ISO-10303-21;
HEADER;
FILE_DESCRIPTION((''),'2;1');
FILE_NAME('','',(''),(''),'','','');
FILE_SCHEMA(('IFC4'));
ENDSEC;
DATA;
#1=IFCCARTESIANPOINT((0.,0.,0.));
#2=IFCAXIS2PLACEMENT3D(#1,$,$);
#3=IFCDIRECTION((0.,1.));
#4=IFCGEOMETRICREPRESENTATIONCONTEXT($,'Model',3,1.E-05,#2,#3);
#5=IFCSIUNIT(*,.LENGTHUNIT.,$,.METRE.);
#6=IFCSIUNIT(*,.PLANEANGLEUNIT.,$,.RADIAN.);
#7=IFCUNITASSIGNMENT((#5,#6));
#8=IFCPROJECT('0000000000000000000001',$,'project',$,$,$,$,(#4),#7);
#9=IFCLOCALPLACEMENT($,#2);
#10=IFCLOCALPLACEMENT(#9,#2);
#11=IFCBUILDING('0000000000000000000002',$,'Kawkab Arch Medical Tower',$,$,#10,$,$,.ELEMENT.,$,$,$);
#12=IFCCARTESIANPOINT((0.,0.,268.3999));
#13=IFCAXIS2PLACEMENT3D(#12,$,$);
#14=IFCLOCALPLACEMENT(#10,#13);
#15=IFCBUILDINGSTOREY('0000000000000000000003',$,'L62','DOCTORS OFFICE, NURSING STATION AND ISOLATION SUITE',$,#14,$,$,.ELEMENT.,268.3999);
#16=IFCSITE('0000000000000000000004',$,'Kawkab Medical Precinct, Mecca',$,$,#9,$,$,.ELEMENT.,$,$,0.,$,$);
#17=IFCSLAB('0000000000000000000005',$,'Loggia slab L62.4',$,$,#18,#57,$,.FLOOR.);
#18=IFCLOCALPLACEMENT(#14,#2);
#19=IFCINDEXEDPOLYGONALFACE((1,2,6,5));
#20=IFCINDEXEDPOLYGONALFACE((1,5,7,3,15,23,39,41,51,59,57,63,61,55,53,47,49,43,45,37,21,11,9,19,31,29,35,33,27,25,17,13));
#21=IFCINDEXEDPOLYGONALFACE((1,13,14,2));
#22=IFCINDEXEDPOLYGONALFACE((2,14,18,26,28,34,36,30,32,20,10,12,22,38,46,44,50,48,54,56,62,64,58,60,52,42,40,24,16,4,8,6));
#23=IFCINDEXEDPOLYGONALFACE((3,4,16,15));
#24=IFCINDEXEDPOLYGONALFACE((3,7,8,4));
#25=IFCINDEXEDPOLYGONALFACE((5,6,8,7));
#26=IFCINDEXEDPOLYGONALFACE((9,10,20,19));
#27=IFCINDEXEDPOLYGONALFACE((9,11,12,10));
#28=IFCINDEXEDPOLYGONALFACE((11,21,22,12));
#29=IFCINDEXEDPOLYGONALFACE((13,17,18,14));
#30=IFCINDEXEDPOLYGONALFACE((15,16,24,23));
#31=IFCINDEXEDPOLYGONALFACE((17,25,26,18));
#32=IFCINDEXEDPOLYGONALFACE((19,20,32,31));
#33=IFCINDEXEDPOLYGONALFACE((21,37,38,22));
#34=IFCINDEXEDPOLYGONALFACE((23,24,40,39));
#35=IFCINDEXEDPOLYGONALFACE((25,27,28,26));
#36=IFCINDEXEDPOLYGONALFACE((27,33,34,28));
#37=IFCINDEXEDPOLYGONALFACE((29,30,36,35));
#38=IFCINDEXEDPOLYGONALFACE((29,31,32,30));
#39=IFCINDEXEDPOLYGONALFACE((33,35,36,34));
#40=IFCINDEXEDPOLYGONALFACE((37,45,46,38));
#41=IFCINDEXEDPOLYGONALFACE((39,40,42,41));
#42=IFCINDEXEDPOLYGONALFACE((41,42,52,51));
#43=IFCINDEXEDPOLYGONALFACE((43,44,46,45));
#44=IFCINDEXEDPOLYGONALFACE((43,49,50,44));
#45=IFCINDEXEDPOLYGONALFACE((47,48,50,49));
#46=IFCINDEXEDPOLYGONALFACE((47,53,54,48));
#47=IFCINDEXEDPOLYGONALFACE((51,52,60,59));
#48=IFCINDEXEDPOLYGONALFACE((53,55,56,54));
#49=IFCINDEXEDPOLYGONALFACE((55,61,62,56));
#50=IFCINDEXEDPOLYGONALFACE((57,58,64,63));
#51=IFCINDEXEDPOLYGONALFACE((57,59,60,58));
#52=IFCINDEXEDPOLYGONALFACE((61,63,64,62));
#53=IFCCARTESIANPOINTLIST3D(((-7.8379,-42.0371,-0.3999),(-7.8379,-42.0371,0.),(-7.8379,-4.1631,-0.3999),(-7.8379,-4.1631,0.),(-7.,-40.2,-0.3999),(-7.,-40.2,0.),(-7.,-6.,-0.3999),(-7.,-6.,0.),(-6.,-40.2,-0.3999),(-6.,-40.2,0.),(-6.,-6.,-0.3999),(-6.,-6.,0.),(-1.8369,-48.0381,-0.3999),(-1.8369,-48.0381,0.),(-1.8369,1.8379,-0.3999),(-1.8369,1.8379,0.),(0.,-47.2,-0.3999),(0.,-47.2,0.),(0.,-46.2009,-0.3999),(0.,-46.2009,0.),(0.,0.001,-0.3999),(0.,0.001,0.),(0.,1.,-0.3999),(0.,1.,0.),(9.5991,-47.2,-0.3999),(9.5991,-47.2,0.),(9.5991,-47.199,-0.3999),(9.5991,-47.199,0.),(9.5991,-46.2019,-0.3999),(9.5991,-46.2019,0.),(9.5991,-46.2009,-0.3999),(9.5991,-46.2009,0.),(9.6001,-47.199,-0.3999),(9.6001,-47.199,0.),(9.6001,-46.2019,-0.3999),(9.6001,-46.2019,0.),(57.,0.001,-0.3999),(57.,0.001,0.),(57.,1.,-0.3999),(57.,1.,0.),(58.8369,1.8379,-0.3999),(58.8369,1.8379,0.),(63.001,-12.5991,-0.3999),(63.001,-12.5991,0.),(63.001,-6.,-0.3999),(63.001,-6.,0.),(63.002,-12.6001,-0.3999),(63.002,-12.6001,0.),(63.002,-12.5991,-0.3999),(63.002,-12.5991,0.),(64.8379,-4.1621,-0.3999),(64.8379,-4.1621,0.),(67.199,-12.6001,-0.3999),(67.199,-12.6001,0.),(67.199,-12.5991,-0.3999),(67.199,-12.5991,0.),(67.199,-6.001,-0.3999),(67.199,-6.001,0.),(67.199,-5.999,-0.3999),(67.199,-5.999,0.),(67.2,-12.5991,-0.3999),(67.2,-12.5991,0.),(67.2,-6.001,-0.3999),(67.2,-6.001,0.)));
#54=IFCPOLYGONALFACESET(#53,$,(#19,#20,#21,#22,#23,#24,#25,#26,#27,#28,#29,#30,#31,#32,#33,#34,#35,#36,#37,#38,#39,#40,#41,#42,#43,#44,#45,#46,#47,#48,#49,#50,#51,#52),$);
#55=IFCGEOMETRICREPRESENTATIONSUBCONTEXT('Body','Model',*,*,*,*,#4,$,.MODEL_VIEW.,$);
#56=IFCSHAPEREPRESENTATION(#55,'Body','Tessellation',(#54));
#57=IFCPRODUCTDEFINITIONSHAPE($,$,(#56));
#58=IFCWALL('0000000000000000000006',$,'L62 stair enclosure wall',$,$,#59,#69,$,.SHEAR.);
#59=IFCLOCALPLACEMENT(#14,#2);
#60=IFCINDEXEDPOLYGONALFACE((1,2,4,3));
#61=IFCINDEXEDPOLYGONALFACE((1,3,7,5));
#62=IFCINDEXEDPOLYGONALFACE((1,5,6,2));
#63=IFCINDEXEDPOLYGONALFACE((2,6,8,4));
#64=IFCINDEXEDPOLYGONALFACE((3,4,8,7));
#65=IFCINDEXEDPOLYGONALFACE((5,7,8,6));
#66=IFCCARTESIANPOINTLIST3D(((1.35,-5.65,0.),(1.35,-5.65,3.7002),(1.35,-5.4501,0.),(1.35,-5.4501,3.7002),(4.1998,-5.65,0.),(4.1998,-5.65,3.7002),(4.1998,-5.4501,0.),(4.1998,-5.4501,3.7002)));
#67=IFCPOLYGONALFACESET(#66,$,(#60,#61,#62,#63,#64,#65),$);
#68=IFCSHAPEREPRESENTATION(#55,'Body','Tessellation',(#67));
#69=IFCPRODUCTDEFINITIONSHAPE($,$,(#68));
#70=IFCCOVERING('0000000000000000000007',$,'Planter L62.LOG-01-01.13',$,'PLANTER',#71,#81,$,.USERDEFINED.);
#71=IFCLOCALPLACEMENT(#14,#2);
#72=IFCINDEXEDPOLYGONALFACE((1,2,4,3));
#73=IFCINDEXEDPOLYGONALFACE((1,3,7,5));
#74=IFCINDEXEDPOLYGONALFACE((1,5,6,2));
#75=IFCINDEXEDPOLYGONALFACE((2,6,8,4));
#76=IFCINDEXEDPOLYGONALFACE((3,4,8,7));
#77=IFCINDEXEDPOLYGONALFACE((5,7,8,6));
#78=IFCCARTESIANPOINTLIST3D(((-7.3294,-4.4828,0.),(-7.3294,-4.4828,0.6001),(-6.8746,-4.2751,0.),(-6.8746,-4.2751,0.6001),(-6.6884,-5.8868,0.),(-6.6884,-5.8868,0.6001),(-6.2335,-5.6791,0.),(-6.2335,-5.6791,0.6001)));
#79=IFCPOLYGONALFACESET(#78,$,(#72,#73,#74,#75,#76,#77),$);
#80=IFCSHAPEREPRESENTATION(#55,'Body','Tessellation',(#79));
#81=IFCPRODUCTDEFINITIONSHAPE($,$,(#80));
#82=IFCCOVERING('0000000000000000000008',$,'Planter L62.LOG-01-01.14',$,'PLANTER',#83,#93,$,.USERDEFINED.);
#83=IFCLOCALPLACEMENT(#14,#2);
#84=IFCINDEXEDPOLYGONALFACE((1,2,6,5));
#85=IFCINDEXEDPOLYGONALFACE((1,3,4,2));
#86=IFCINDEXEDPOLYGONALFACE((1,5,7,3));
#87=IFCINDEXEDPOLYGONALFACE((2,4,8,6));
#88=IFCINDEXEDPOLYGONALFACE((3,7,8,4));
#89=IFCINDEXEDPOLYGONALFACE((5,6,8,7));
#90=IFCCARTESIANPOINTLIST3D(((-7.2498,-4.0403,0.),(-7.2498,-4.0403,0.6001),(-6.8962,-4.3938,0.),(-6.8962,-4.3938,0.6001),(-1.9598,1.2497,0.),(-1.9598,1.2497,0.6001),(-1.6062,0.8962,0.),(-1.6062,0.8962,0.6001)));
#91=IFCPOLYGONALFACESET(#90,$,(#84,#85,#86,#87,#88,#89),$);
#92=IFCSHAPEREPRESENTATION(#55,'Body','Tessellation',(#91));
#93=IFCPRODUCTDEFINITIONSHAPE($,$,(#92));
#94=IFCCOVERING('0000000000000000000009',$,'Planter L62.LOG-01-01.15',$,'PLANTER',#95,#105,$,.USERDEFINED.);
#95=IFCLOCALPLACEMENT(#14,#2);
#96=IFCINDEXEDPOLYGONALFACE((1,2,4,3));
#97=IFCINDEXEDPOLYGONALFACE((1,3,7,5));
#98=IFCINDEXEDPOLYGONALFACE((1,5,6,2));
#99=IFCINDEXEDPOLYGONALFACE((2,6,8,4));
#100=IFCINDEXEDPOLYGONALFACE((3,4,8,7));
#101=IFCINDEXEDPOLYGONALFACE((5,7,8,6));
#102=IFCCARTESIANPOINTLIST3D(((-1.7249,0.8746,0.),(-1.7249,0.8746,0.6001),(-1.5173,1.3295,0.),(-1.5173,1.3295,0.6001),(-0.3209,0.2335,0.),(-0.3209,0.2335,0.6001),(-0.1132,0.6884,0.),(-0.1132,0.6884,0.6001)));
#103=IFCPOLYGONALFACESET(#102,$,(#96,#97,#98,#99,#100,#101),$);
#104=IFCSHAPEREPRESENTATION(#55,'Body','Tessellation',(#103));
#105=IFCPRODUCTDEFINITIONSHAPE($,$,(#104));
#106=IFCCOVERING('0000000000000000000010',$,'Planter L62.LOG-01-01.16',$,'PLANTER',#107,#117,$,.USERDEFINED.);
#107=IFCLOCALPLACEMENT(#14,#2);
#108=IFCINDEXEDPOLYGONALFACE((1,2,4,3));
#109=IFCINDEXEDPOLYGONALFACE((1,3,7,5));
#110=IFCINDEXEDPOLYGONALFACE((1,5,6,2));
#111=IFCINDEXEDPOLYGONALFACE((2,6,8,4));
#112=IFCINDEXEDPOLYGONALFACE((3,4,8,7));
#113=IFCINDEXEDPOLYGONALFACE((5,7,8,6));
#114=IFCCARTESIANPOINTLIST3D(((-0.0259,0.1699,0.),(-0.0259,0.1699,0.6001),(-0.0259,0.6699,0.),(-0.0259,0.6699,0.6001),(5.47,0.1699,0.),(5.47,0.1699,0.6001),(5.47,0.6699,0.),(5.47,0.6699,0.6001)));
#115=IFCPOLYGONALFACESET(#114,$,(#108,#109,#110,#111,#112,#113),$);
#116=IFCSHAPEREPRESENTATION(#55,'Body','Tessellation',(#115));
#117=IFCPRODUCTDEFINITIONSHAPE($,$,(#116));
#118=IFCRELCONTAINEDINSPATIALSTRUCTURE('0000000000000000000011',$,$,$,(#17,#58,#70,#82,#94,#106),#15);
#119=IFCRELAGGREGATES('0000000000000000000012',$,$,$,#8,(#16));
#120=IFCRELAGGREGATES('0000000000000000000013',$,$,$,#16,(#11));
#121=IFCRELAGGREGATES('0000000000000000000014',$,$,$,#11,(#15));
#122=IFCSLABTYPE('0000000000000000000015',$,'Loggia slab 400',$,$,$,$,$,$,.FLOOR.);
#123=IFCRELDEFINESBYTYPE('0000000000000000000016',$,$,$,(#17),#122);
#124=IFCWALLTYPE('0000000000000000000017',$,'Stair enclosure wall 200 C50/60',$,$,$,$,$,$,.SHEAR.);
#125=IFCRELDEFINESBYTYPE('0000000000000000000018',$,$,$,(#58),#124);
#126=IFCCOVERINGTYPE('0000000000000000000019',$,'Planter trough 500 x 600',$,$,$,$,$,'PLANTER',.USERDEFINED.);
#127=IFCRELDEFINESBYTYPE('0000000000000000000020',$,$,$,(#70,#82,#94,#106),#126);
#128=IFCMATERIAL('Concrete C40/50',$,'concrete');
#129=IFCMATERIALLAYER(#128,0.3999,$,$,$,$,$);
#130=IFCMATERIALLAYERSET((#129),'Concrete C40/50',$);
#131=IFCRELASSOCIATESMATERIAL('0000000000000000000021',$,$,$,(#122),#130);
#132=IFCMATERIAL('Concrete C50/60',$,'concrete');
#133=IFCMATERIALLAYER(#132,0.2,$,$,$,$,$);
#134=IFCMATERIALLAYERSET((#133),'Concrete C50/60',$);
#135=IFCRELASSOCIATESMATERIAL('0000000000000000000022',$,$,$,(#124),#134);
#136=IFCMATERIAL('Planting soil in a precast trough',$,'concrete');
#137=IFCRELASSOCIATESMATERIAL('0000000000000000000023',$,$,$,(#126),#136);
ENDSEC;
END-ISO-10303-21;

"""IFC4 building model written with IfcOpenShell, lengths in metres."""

from ifc_helpers import new_model, si_unit, direction, frame, frame_2d, origin, origin_2d, place, context, subcontext, project, spatial, polyline, rectangle, outline, extrude, material, layer, layer_set, material_profile, profile_set, type_object, element, save


model = new_model("IFC4")

# Units and contexts
model_context = context("Model", 3, precision=1e-05, world=origin(), true_north=direction((0.0, 1.0)))
body_context = subcontext(model_context, "Body", "Model", "MODEL_VIEW")
ifc_project = project(units=[si_unit("LENGTHUNIT", "METRE"), si_unit("PLANEANGLEUNIT", "RADIAN")], contexts=[model_context])

# Site, building, storey
site_placement = place(None, origin())
site = spatial("IfcSite", under=ifc_project, at=site_placement, Name="Kawkab Medical Precinct, Mecca", CompositionType="ELEMENT", RefElevation=0.0)
building_placement = place(site_placement, origin())
building = spatial("IfcBuilding", under=site, at=building_placement, Name="Kawkab Arch Medical Tower", CompositionType="ELEMENT")
storey_placement = place(building_placement, frame((0.0, 0.0, 268.3999)))
storey = spatial("IfcBuildingStorey", under=building, at=storey_placement, Name="L62", Description="DOCTORS OFFICE, NURSING STATION AND ISOLATION SUITE", CompositionType="ELEMENT", Elevation=268.3999)

# Slab
ifc_material_1 = material(Name="Concrete C40/50", Category="concrete")
ifc_layer_1 = layer(ifc_material_1, 0.3999)
ifc_layer_set_1 = layer_set([ifc_layer_1], Name="Concrete C40/50")
slab_type_1 = type_object("IfcSlabType", Name="Loggia slab 400", PredefinedType="FLOOR", material=ifc_layer_set_1)
placement_1 = place(storey_placement, frame((0.0, 0.0, -0.3999)))
element("IfcSlab", 1, at=placement_1, inside=storey, type_object=slab_type_1, Name="Loggia slab L62.4", PredefinedType="FLOOR", context=body_context, shape_type="SweptSolid", body=[
    extrude(outline(polyline([(-7.8379, -42.0371), (-7.0, -40.2), (-7.0, -6.0), (-7.8379, -4.1631), (-1.8369, 1.8379), (0.0, 1.0), (57.0, 1.0), (58.8369, 1.8379), (64.8379, -4.1621), (67.199, -5.999), (67.199, -6.001), (67.2, -6.001), (67.2, -12.5991), (67.199, -12.5991), (67.199, -12.6001), (63.002, -12.6001), (63.002, -12.5991), (63.001, -12.5991), (63.001, -6.0), (57.0, 0.001), (0.0, 0.001), (-6.0, -6.0), (-6.0, -40.2), (0.0, -46.2009), (9.5991, -46.2009), (9.5991, -46.2019), (9.6001, -46.2019), (9.6001, -47.199), (9.5991, -47.199), (9.5991, -47.2), (0.0, -47.2), (-1.8369, -48.0381), (-7.8379, -42.0371)])), origin(), (0.0, 0.0, 1.0), 0.3999),
])

# Wall
ifc_material_2 = material(Name="Concrete C50/60", Category="concrete")
ifc_layer_2 = layer(ifc_material_2, 0.2)
ifc_layer_set_2 = layer_set([ifc_layer_2], Name="Concrete C50/60")
wall_type = type_object("IfcWallType", Name="Stair enclosure wall 200 C50/60", PredefinedType="SHEAR", material=ifc_layer_set_2)
wall_placement = place(storey_placement, frame((1.3501, -5.55, 0.0), z_axis=(0.0, 0.0, 1.0), x_axis=(1.0, 0.0, 0.0)))
element("IfcWall", 2, at=wall_placement, inside=storey, type_object=wall_type, Name="L62 stair enclosure wall", PredefinedType="SHEAR", context=body_context, shape_type="SweptSolid", body=[
    extrude(rectangle(XDim=2.8499, YDim=0.2, at=frame_2d((1.4248, 0.0))), origin(), (0.0, 0.0, 1.0), 3.7002),
])

# Coverings
ifc_material_3 = material(Name="Planting soil in a precast trough", Category="concrete")
ifc_material_profile_1 = material_profile(ifc_material_3, rectangle(XDim=0.5, YDim=0.6001, at=origin_2d()), Name="Trough 500x600")
ifc_profile_set_1 = profile_set([ifc_material_profile_1], Name="Planting soil in a precast trough")
covering_type = type_object("IfcCoveringType", Name="Planter trough 500 x 600", ElementType="PLANTER", PredefinedType="USERDEFINED", material=ifc_profile_set_1)
covering_1_placement = place(storey_placement, frame((-6.4609, -5.783, 0.3), z_axis=(-0.415363, 0.909656, 0.0), x_axis=(-0.909656, -0.415363, 0.0)))
element("IfcCovering", 3, at=covering_1_placement, inside=storey, type_object=covering_type, Name="Planter L62.LOG-01-01.13", ObjectType="PLANTER", PredefinedType="USERDEFINED", context=body_context, shape_type="SweptSolid", body=[
    extrude(rectangle(XDim=0.5, YDim=0.6001, at=origin_2d()), origin(), (0.0, 0.0, 1.0), 1.5435),
])
covering_2_placement = place(storey_placement, frame((-7.073, -4.217, 0.3), z_axis=(0.707107, 0.707107, 0.0), x_axis=(-0.707107, 0.707107, 0.0)))
element("IfcCovering", 4, at=covering_2_placement, inside=storey, type_object=covering_type, Name="Planter L62.LOG-01-01.14", ObjectType="PLANTER", PredefinedType="USERDEFINED", context=body_context, shape_type="SweptSolid", body=[
    extrude(rectangle(XDim=0.5, YDim=0.6001, at=origin_2d()), origin(), (0.0, 0.0, 1.0), 7.4812),
])
covering_3_placement = place(storey_placement, frame((-1.6211, 1.1021, 0.3), z_axis=(0.909656, -0.415363, 0.0), x_axis=(0.415363, 0.909656, 0.0)))
element("IfcCovering", 5, at=covering_3_placement, inside=storey, type_object=covering_type, Name="Planter L62.LOG-01-01.15", ObjectType="PLANTER", PredefinedType="USERDEFINED", context=body_context, shape_type="SweptSolid", body=[
    extrude(rectangle(XDim=0.5, YDim=0.6001, at=origin_2d()), origin(), (0.0, 0.0, 1.0), 1.5435),
])
covering_4_placement = place(storey_placement, frame((-0.0259, 0.4199, 0.3), z_axis=(1.0, 0.0, 0.0), x_axis=(0.0, 1.0, 0.0)))
element("IfcCovering", 6, at=covering_4_placement, inside=storey, type_object=covering_type, Name="Planter L62.LOG-01-01.16", ObjectType="PLANTER", PredefinedType="USERDEFINED", context=body_context, shape_type="SweptSolid", body=[
    extrude(rectangle(XDim=0.5, YDim=0.6001, at=origin_2d()), origin(), (0.0, 0.0, 1.0), 5.4958),
])

save(model, "model.ifc")
